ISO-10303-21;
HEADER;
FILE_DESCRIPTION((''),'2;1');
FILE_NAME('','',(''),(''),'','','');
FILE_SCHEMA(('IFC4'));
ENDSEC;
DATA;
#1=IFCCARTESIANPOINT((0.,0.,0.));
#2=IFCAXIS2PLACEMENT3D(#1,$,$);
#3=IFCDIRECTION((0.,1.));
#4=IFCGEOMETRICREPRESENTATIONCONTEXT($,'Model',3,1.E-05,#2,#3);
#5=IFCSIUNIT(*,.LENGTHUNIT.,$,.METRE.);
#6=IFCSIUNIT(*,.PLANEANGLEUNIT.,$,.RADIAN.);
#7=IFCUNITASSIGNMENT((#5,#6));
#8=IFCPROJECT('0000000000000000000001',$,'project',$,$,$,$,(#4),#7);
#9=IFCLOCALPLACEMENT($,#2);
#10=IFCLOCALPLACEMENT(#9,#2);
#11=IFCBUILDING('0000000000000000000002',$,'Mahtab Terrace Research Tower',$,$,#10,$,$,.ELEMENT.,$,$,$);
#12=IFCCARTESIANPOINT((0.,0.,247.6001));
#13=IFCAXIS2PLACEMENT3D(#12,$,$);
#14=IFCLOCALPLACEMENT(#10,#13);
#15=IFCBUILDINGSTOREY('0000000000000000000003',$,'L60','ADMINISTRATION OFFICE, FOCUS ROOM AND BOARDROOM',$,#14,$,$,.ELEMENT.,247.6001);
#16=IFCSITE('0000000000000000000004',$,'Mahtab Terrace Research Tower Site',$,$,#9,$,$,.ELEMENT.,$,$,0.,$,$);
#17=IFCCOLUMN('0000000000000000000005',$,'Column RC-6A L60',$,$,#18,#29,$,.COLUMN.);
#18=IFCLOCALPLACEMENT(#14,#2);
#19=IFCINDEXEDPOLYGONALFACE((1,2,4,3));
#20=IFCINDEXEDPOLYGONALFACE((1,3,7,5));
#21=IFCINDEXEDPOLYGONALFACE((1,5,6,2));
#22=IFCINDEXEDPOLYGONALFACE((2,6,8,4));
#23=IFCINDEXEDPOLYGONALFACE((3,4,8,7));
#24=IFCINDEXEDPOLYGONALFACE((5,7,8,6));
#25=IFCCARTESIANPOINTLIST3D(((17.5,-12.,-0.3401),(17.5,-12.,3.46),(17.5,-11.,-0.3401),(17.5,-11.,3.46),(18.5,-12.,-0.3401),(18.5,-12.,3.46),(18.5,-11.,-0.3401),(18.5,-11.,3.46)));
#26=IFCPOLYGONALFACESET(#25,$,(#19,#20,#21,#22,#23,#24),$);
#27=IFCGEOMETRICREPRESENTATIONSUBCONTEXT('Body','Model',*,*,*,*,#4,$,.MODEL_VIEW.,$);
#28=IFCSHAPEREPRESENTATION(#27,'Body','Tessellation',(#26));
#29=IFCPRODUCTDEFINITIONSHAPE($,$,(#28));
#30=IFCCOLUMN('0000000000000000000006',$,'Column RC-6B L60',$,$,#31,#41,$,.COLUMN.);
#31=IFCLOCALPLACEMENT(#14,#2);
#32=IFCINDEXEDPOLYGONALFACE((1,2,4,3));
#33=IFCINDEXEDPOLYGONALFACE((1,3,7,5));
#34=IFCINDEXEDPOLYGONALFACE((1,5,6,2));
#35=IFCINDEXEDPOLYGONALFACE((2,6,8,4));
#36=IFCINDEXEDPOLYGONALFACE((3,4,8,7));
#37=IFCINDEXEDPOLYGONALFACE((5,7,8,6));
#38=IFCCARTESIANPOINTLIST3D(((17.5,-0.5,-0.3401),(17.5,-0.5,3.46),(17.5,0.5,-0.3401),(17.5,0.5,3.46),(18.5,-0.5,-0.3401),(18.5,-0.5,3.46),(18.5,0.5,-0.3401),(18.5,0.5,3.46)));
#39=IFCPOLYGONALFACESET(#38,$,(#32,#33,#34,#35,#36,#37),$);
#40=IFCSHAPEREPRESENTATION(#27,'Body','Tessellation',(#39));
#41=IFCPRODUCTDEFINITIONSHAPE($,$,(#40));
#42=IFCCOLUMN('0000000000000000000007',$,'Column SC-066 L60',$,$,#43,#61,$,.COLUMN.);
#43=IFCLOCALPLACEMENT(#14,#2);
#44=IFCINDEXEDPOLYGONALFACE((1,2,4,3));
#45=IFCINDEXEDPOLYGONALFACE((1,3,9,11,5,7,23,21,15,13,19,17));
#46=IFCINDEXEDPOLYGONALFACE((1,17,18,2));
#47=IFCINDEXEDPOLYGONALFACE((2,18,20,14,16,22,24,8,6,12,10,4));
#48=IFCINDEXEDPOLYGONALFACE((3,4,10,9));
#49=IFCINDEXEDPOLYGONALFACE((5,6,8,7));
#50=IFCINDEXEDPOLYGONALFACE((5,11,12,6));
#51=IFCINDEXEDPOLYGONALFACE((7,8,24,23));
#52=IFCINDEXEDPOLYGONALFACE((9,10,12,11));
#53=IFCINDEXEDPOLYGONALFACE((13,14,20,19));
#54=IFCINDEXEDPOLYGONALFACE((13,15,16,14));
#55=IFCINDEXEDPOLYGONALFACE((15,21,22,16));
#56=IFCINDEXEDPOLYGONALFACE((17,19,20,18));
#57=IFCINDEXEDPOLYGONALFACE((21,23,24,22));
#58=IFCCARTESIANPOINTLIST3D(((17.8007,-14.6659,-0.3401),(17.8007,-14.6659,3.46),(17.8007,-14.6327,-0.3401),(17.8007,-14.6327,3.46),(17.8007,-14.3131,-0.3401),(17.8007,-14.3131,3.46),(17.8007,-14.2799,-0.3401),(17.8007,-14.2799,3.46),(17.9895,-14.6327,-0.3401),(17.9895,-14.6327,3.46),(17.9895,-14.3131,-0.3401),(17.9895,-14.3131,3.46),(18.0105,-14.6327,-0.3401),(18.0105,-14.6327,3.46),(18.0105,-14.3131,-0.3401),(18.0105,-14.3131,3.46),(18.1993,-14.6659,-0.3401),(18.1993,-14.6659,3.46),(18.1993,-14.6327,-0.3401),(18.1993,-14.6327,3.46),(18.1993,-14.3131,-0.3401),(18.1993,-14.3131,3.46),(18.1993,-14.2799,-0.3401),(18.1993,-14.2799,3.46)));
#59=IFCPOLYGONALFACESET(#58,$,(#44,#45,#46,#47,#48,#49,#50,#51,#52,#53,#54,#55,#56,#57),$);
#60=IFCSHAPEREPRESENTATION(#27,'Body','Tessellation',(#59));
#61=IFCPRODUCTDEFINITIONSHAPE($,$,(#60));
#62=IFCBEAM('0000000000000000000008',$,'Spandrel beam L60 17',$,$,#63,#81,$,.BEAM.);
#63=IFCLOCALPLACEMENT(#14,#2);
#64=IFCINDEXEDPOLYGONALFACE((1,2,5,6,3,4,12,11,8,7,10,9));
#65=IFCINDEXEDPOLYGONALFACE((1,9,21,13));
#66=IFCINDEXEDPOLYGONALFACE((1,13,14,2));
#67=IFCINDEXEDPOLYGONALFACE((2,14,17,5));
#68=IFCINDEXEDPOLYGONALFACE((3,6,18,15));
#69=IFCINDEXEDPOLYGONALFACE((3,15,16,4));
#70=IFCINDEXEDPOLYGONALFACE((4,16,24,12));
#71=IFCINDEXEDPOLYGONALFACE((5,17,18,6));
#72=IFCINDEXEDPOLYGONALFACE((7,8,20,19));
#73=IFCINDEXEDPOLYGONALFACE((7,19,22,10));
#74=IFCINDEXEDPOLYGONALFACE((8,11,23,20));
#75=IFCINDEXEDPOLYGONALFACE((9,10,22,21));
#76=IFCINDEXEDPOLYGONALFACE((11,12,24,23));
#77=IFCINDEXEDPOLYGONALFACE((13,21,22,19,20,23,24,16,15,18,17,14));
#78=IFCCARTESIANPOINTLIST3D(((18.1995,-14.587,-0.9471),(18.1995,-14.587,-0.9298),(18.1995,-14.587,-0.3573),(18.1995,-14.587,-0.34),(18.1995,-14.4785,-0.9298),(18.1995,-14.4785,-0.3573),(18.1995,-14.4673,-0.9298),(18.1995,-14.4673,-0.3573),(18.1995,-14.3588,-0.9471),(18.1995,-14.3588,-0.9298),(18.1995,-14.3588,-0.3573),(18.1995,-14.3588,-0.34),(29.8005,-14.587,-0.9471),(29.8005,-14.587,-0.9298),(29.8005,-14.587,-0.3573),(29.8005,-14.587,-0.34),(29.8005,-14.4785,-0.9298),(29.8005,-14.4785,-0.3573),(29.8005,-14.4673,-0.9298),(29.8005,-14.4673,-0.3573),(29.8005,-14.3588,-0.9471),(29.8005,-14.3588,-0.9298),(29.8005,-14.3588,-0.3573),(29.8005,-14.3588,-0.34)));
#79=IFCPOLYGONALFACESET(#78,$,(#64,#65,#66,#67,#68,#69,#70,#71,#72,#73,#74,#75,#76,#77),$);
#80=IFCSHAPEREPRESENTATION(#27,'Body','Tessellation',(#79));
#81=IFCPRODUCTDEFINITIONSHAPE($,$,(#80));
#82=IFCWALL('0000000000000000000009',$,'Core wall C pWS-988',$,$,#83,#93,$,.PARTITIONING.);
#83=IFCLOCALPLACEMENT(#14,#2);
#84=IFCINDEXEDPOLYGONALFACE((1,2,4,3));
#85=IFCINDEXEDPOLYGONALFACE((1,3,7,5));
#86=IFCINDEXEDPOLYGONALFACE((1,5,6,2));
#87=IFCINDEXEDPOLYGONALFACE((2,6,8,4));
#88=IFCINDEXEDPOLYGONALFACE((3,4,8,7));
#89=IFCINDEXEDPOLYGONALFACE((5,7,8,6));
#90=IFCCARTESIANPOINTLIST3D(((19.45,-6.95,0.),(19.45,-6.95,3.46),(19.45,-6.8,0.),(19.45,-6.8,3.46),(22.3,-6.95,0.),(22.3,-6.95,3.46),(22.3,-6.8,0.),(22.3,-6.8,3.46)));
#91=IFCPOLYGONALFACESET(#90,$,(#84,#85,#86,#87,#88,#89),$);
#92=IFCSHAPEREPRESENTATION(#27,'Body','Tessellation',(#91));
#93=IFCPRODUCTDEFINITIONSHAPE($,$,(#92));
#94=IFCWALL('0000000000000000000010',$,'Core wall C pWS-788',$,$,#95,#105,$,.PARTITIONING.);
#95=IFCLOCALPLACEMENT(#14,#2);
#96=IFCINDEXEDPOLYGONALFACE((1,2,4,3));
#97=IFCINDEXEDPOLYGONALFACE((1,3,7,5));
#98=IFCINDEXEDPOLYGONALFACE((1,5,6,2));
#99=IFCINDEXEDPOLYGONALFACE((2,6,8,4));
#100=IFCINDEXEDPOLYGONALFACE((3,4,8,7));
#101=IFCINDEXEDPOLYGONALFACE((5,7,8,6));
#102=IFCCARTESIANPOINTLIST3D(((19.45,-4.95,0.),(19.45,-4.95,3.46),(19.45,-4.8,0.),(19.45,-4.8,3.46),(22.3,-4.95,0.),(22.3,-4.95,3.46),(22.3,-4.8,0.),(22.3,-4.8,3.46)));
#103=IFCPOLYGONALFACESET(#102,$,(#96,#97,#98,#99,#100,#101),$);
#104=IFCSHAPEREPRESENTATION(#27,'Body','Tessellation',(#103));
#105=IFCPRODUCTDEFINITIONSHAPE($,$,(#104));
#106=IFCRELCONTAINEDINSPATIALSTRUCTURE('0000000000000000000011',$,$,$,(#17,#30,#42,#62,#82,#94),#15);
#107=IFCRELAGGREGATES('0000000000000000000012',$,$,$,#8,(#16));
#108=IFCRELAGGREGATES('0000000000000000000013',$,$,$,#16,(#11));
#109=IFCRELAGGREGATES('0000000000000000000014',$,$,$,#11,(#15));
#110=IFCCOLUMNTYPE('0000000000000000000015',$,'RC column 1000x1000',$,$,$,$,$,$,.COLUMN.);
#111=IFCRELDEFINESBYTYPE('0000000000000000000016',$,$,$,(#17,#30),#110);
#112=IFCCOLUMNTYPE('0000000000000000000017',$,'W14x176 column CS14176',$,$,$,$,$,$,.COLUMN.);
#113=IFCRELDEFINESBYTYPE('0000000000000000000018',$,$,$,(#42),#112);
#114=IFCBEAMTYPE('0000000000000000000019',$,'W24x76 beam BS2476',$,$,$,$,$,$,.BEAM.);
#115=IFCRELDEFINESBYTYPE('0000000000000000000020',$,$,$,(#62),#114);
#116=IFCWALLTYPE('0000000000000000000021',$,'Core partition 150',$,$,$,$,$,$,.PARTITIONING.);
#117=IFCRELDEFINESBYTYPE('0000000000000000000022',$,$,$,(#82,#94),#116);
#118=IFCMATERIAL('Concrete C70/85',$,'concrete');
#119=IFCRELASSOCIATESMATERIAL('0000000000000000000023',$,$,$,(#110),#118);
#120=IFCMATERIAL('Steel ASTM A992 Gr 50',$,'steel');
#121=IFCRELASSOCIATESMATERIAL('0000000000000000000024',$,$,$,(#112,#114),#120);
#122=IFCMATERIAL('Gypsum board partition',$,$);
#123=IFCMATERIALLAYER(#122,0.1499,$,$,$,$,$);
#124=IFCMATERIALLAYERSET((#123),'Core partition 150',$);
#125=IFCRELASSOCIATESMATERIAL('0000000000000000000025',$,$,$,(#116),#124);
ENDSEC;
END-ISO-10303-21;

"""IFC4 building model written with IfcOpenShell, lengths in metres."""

from ifc_helpers import new_model, si_unit, direction, frame, frame_2d, origin, origin_2d, place, context, subcontext, project, spatial, rectangle, i_section, extrude, material, layer, layer_set, material_profile, profile_set, type_object, element, save


model = new_model("IFC4")

# Units and contexts
model_context = context("Model", 3, precision=1e-05, world=origin(), true_north=direction((0.0, 1.0)))
body_context = subcontext(model_context, "Body", "Model", "MODEL_VIEW")
ifc_project = project(units=[si_unit("LENGTHUNIT", "METRE"), si_unit("PLANEANGLEUNIT", "RADIAN")], contexts=[model_context])

# Site, building, storey
site_placement = place(None, origin())
site = spatial("IfcSite", under=ifc_project, at=site_placement, Name="Mahtab Terrace Research Tower Site", CompositionType="ELEMENT", RefElevation=0.0)
building_placement = place(site_placement, origin())
building = spatial("IfcBuilding", under=site, at=building_placement, Name="Mahtab Terrace Research Tower", CompositionType="ELEMENT")
storey_placement = place(building_placement, frame((0.0, 0.0, 247.6001)))
storey = spatial("IfcBuildingStorey", under=building, at=storey_placement, Name="L60", Description="ADMINISTRATION OFFICE, FOCUS ROOM AND BOARDROOM", CompositionType="ELEMENT", Elevation=247.6001)

# Columns
ifc_material_1 = material(Name="Concrete C70/85", Category="concrete")
ifc_material_profile_1 = material_profile(ifc_material_1, rectangle(XDim=1.0, YDim=1.0, at=origin_2d()), Name="RC column 1000x1000")
ifc_profile_set_1 = profile_set([ifc_material_profile_1], Name="Concrete C70/85")
column_type_1 = type_object("IfcColumnType", Name="RC column 1000x1000", PredefinedType="COLUMN", material=ifc_profile_set_1)
for number, where, z_axis, x_axis, name in (
    (1, (18.0, -11.5, -0.3401), (0.0, 0.0, 1.0), (1.0, 0.0, 0.0), "Column RC-6A L60"),
    (2, (18.0, 0.0, -0.3401), (0.0, 0.0, 1.0), (1.0, 0.0, 0.0), "Column RC-6B L60"),
):
    element("IfcColumn", number, at=place(storey_placement, frame(where, z_axis=z_axis, x_axis=x_axis)), inside=storey, type_object=column_type_1, Name=name, PredefinedType="COLUMN", context=body_context, shape_type="SweptSolid", body=[
        extrude(rectangle(XDim=1.0, YDim=1.0, at=origin_2d()), origin(), (0.0, 0.0, 1.0), 3.8),
    ])
ifc_material_2 = material(Name="Steel ASTM A992 Gr 50", Category="steel")
ifc_material_profile_2 = material_profile(ifc_material_2, i_section(OverallWidth=0.3987, OverallDepth=0.386, WebThickness=0.021, FlangeThickness=0.0332, at=origin_2d()), Name="W14X176")
ifc_profile_set_2 = profile_set([ifc_material_profile_2], Name="Steel ASTM A992 Gr 50")
column_type_2 = type_object("IfcColumnType", Name="W14x176 column CS14176", PredefinedType="COLUMN", material=ifc_profile_set_2)
column_placement = place(storey_placement, frame((18.0, -14.4729, -0.3401), z_axis=(0.0, 0.0, 1.0), x_axis=(1.0, 0.0, 0.0)))
element("IfcColumn", 3, at=column_placement, inside=storey, type_object=column_type_2, Name="Column SC-066 L60", PredefinedType="COLUMN", context=body_context, shape_type="SweptSolid", body=[
    extrude(i_section(OverallWidth=0.3987, OverallDepth=0.386, WebThickness=0.021, FlangeThickness=0.0332, at=origin_2d()), origin(), (0.0, 0.0, 1.0), 3.8),
])

# Beam
ifc_material_profile_3 = material_profile(ifc_material_2, i_section(OverallWidth=0.2283, OverallDepth=0.6072, WebThickness=0.0112, FlangeThickness=0.0173, at=origin_2d()), Name="W24X76")
ifc_profile_set_3 = profile_set([ifc_material_profile_3], Name="Steel ASTM A992 Gr 50")
beam_type = type_object("IfcBeamType", Name="W24x76 beam BS2476", PredefinedType="BEAM", material=ifc_profile_set_3)
beam_placement = place(storey_placement, frame((18.1995, -14.4729, -0.6436), z_axis=(1.0, 0.0, 0.0), x_axis=(0.0, 1.0, 0.0)))
element("IfcBeam", 4, at=beam_placement, inside=storey, type_object=beam_type, Name="Spandrel beam L60 17", PredefinedType="BEAM", context=body_context, shape_type="SweptSolid", body=[
    extrude(i_section(OverallWidth=0.2283, OverallDepth=0.6072, WebThickness=0.0112, FlangeThickness=0.0173, at=origin_2d()), origin(), (0.0, 0.0, 1.0), 11.6011),
])

# Walls
ifc_material_3 = material(Name="Gypsum board partition")
ifc_layer_1 = layer(ifc_material_3, 0.1499)
ifc_layer_set_1 = layer_set([ifc_layer_1], Name="Core partition 150")
wall_type_1 = type_object("IfcWallType", Name="Core partition 150", PredefinedType="PARTITIONING", material=ifc_layer_set_1)
for number, where, z_axis, x_axis, name in (
    (5, (19.45, -6.875, 0.0), (0.0, 0.0, 1.0), (1.0, 0.0, 0.0), "Core wall C pWS-988"),
    (6, (19.45, -4.875, 0.0), (0.0, 0.0, 1.0), (1.0, 0.0, 0.0), "Core wall C pWS-788"),
):
    element("IfcWall", number, at=place(storey_placement, frame(where, z_axis=z_axis, x_axis=x_axis)), inside=storey, type_object=wall_type_1, Name=name, PredefinedType="PARTITIONING", context=body_context, shape_type="SweptSolid", body=[
        extrude(rectangle(XDim=2.8501, YDim=0.1499, at=frame_2d((1.425, 0.0))), origin(), (0.0, 0.0, 1.0), 3.46),
    ])

save(model, "model.ifc")
